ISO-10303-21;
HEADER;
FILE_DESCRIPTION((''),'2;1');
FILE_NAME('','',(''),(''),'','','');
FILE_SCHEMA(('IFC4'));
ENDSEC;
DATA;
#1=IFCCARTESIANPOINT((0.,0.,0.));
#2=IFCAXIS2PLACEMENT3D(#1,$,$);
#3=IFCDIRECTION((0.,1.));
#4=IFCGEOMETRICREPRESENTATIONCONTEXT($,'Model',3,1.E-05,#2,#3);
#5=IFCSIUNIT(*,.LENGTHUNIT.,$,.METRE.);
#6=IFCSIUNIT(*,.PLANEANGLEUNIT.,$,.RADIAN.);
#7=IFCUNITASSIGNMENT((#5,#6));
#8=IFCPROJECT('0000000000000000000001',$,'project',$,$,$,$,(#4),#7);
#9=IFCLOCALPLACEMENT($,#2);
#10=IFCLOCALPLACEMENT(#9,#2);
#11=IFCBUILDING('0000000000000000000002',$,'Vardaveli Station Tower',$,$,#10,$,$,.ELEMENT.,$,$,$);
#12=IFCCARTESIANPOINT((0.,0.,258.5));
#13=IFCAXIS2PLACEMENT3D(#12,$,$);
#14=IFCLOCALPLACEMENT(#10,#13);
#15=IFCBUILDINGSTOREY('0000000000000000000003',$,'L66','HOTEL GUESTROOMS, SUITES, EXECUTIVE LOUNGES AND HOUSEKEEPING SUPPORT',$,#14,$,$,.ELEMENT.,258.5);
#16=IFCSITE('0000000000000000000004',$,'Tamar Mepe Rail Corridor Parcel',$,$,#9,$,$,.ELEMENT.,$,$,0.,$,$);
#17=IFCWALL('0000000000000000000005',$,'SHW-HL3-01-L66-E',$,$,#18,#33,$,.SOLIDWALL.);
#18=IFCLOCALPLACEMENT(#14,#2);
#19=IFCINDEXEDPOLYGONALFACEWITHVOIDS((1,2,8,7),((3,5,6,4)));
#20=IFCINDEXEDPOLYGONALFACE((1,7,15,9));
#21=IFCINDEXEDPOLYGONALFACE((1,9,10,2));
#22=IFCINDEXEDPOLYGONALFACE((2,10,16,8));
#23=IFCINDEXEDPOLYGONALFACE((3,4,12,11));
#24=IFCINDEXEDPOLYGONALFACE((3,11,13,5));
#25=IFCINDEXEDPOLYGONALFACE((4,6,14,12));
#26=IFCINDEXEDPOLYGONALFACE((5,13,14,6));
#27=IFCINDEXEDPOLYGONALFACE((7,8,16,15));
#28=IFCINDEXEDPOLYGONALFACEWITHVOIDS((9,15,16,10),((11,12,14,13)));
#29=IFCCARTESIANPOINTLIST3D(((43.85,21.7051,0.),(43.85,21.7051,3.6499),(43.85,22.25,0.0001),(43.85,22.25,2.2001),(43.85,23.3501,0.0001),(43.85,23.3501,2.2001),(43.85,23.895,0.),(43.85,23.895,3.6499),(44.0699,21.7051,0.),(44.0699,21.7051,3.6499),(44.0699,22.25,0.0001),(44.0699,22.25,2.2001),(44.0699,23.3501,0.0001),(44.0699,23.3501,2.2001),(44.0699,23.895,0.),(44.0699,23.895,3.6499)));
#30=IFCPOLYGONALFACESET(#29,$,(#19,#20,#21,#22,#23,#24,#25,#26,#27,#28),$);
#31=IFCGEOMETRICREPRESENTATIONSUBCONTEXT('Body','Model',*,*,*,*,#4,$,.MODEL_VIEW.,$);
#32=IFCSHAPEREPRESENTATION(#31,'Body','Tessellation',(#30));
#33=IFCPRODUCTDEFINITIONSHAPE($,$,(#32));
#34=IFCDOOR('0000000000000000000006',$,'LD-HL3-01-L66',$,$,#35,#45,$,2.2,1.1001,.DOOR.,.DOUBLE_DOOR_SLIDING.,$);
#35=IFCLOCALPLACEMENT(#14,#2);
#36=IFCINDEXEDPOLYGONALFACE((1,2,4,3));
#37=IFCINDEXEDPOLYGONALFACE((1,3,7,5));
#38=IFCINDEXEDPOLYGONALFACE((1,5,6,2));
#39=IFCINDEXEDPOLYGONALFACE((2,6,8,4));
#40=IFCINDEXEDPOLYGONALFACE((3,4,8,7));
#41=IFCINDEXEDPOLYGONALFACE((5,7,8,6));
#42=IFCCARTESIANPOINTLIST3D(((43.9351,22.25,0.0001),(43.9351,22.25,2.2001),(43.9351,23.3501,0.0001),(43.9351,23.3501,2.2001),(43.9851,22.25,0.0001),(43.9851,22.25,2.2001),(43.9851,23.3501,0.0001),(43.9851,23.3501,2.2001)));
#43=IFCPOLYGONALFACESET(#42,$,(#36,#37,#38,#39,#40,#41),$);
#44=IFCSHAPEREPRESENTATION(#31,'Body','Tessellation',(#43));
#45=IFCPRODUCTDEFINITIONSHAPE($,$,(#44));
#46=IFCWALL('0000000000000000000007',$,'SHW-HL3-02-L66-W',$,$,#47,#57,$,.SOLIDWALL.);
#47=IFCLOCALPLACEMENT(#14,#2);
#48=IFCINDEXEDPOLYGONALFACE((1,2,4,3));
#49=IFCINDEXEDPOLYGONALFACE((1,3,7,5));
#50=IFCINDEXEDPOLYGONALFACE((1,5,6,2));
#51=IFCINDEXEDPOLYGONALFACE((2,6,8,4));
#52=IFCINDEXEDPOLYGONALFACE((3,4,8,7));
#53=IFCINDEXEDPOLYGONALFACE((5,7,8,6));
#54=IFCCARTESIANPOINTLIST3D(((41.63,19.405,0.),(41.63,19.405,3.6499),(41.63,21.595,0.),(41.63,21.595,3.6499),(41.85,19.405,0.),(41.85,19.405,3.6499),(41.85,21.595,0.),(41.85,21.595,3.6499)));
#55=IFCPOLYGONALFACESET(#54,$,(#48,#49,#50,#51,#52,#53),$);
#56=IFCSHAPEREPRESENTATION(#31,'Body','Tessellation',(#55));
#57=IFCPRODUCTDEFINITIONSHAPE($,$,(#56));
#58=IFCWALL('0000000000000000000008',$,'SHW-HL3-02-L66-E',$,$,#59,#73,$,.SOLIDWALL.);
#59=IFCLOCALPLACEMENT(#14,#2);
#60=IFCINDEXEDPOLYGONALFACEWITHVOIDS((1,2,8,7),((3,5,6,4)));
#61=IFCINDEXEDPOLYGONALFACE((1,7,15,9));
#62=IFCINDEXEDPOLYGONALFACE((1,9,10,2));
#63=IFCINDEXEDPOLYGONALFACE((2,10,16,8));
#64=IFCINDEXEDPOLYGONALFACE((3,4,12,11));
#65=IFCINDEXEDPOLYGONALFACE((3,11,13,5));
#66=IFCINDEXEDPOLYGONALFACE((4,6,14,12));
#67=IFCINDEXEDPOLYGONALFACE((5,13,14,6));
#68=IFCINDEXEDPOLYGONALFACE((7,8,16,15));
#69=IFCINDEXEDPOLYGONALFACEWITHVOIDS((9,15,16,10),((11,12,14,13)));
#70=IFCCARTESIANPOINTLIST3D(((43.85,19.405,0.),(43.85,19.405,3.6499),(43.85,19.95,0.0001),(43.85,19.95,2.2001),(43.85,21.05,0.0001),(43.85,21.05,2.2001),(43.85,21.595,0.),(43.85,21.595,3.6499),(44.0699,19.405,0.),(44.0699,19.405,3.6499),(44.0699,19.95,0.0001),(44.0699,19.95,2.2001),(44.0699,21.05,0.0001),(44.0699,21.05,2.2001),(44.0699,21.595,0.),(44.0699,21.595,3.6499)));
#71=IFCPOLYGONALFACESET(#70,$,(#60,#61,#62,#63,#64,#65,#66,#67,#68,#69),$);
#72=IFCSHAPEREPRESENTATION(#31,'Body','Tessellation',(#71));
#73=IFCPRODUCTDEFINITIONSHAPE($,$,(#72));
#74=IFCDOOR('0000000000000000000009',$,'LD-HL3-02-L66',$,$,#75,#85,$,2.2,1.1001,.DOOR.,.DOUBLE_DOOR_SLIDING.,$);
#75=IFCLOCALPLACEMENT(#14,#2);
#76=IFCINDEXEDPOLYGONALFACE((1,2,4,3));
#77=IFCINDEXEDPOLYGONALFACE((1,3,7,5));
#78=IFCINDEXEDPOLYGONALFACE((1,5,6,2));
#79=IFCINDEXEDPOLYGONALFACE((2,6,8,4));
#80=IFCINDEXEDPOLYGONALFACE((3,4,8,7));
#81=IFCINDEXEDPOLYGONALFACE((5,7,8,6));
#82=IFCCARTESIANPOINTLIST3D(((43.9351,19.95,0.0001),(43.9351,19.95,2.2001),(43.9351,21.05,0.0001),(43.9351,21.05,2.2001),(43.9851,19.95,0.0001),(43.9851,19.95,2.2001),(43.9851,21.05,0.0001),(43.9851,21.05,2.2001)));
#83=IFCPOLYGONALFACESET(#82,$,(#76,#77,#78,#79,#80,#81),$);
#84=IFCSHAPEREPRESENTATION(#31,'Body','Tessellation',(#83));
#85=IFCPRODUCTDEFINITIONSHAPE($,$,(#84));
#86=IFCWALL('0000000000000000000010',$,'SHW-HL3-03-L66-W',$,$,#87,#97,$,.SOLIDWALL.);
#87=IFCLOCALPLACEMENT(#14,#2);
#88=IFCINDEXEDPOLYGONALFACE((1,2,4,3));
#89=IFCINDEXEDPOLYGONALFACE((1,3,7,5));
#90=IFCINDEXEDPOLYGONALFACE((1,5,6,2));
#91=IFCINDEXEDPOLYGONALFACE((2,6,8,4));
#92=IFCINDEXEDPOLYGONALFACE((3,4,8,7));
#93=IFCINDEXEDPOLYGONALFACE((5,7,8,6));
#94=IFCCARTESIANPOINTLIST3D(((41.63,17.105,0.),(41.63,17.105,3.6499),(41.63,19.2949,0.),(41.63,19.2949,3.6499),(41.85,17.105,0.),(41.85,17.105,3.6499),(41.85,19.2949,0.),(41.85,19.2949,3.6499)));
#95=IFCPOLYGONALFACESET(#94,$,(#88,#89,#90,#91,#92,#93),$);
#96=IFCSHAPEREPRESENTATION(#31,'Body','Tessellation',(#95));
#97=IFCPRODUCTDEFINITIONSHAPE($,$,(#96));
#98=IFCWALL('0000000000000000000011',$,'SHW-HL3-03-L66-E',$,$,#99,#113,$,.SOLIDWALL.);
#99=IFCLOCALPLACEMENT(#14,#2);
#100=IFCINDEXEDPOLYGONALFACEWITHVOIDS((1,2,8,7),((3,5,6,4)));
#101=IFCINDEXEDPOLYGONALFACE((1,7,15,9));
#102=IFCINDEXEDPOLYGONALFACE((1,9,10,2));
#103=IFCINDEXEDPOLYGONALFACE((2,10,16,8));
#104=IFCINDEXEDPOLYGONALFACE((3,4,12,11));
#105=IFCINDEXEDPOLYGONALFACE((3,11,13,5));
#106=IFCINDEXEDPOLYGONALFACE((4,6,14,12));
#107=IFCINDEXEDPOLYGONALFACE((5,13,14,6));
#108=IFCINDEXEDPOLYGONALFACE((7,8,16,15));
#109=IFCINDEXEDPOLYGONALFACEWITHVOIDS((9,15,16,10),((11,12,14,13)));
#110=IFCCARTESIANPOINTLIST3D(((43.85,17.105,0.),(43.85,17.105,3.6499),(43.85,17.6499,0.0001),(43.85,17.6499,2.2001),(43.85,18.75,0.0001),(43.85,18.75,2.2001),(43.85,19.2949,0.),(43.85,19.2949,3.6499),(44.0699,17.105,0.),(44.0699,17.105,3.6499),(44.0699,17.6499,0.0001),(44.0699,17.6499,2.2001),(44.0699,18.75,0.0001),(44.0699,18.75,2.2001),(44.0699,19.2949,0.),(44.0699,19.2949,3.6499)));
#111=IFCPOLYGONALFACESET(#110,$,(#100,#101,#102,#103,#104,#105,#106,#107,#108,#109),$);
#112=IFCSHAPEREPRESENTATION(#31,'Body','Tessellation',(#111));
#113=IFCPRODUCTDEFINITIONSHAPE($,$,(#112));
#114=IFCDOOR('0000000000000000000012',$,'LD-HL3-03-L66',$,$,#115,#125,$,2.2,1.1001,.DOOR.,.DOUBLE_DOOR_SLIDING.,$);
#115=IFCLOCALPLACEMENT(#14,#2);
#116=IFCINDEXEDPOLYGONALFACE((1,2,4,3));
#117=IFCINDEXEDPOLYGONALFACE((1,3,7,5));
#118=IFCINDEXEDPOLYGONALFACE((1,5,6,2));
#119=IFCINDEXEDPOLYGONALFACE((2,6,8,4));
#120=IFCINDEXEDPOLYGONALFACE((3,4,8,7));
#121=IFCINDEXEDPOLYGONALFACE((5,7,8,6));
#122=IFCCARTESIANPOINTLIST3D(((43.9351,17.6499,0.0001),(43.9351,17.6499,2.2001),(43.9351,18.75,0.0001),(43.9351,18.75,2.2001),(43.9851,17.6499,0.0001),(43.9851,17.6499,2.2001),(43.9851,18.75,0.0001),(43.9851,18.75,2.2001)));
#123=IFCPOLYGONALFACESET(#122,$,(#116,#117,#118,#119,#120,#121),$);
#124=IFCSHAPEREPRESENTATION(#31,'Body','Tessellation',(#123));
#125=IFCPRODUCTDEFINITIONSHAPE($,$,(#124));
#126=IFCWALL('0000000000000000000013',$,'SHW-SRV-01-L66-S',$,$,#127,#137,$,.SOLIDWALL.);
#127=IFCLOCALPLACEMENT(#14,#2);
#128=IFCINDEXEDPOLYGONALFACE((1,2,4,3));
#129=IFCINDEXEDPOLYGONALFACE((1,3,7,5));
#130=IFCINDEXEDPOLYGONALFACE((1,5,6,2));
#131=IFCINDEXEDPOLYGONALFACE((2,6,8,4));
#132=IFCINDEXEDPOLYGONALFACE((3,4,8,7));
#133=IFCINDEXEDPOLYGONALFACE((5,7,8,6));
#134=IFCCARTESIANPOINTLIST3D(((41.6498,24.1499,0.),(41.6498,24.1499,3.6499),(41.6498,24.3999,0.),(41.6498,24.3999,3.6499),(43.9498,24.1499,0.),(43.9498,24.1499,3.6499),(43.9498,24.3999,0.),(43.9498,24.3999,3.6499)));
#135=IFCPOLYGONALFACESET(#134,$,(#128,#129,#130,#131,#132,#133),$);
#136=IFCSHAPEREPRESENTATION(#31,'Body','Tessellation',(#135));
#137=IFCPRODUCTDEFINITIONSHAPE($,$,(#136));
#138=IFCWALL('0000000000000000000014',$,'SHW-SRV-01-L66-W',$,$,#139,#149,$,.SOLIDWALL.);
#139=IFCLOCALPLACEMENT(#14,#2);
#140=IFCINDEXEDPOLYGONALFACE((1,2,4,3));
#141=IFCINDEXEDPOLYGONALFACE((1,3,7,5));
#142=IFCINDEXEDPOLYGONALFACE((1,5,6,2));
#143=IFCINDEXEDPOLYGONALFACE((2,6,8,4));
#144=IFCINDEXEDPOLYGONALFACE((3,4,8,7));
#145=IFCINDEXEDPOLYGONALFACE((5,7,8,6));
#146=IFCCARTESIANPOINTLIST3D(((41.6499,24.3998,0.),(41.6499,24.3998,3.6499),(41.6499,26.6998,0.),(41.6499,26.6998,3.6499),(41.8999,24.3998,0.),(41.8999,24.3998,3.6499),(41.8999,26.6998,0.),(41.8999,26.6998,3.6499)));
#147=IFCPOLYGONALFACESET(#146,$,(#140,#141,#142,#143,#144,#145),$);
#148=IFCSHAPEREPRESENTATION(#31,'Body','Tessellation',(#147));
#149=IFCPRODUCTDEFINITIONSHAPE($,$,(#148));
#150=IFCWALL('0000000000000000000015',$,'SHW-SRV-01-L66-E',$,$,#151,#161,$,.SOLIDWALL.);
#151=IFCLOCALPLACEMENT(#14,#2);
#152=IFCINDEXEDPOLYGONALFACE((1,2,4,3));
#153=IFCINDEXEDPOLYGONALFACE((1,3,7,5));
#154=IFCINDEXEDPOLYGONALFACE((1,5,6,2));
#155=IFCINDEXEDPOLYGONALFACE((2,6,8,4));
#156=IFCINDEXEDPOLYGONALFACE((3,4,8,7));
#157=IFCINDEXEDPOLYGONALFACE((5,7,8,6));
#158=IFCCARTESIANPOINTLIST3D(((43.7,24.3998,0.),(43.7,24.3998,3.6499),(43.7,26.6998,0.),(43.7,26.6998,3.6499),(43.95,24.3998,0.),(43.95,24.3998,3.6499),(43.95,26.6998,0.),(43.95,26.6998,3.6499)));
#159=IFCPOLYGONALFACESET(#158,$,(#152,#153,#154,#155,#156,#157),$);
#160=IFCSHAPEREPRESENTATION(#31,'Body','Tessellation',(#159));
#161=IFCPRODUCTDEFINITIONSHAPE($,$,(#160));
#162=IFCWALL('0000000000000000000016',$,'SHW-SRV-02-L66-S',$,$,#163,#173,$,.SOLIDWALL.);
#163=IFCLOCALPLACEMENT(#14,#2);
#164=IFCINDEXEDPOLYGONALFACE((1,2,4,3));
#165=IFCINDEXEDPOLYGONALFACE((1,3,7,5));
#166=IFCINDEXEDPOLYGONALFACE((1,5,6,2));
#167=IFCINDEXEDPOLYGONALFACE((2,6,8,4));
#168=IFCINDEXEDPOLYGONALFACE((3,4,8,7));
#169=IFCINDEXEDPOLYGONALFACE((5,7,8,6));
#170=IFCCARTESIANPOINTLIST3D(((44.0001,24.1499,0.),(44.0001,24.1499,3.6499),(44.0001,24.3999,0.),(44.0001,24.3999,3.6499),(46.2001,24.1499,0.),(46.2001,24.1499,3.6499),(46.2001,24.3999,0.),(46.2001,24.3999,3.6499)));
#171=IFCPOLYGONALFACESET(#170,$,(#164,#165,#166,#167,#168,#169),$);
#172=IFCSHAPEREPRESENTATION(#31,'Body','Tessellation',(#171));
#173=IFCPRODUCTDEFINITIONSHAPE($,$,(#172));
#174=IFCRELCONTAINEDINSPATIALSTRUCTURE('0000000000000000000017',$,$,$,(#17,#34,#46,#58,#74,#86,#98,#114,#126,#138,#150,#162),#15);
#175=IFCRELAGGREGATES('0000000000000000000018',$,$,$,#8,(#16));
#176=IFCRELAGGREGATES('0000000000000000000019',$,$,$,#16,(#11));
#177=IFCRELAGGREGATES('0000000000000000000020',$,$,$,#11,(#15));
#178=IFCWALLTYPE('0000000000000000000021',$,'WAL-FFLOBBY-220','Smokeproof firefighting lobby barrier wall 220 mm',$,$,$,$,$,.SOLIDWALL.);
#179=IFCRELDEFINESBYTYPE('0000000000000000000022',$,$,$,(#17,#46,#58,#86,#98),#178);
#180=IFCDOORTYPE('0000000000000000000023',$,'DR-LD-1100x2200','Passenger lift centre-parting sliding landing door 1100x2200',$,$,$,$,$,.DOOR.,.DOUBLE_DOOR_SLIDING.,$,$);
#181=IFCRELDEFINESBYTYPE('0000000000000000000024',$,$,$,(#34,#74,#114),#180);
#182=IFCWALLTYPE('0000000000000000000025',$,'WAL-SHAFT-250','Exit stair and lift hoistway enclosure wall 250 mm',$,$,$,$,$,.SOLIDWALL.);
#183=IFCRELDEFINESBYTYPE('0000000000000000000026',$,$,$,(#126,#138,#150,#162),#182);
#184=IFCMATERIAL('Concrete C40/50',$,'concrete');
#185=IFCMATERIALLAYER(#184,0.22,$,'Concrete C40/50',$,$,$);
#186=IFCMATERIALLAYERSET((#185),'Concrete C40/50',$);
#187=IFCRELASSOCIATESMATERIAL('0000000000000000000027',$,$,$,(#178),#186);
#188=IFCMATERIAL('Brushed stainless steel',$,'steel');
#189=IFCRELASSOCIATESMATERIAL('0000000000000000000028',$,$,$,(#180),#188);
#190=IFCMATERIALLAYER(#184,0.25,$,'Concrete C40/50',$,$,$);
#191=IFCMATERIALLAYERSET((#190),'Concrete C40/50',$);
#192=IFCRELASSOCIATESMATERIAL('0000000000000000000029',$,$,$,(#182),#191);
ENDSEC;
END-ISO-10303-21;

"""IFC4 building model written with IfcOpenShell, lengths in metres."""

from ifc_helpers import new_model, si_unit, direction, frame, frame_2d, origin, place, context, subcontext, project, spatial, rectangle, extrude, source, transform, mapped, material, layer, layer_set, type_object, element, fill, save


model = new_model("IFC4")

# Units and contexts
model_context = context("Model", 3, precision=1e-05, world=origin(), true_north=direction((0.0, 1.0)))
body_context = subcontext(model_context, "Body", "Model", "MODEL_VIEW")
ifc_project = project(units=[si_unit("LENGTHUNIT", "METRE"), si_unit("PLANEANGLEUNIT", "RADIAN")], contexts=[model_context])

# Site, building, storey
site_placement = place(None, origin())
site = spatial("IfcSite", under=ifc_project, at=site_placement, Name="Tamar Mepe Rail Corridor Parcel", CompositionType="ELEMENT", RefElevation=0.0)
building_placement = place(site_placement, origin())
building = spatial("IfcBuilding", under=site, at=building_placement, Name="Vardaveli Station Tower", CompositionType="ELEMENT")
storey_placement = place(building_placement, frame((0.0, 0.0, 258.5)))
storey = spatial("IfcBuildingStorey", under=building, at=storey_placement, Name="L66", Description="HOTEL GUESTROOMS, SUITES, EXECUTIVE LOUNGES AND HOUSEKEEPING SUPPORT", CompositionType="ELEMENT", Elevation=258.5)

# Shared definitions
ifc_material_1 = material(Name="Concrete C40/50", Category="concrete")
ifc_layer_1 = layer(ifc_material_1, 0.22, Name="Concrete C40/50")
ifc_layer_set_1 = layer_set([ifc_layer_1], Name="Concrete C40/50")
wall_type_1 = type_object("IfcWallType", Name="WAL-FFLOBBY-220", Description="Smokeproof firefighting lobby barrier wall 220 mm", PredefinedType="SOLIDWALL", material=ifc_layer_set_1)
shared_shape_1 = source(origin(), body_context, "Body", "SweptSolid", [
    extrude(rectangle(XDim=2.1899, YDim=0.22, at=frame_2d((1.095, 0.0))), origin(), (0.0, 0.0, 1.0), 3.6499),
])

# Wall, opening, door
wall_1_placement = place(storey_placement, frame((43.96, 21.7051, 0.0), z_axis=(0.0, 0.0, 1.0), x_axis=(0.0, 1.0, 0.0)))
wall_1 = element("IfcWall", 1, at=wall_1_placement, inside=storey, type_object=wall_type_1, Name="SHW-HL3-01-L66-E", PredefinedType="SOLIDWALL", context=body_context, shape_type="MappedRepresentation", body=[
    mapped(shared_shape_1, transform((0.0, 0.0, 0.0), scale=1.0)),
])
shared_shape_2 = source(origin(), body_context, "Body", "SweptSolid", [
    extrude(rectangle(XDim=1.1001, YDim=2.2, at=frame_2d((0.55, 1.1001))), frame((0.0, 0.1201, 0.0), z_axis=(0.0, -1.0, 0.0), x_axis=(1.0, 0.0, 0.0)), (0.0, 0.0, 1.0), 0.24),
])
opening_1_placement = place(wall_1_placement, frame((0.5449, 0.0, 0.0)))
opening_1 = element("IfcOpeningElement", 2, at=opening_1_placement, cuts=wall_1, PredefinedType="OPENING", context=body_context, shape_type="MappedRepresentation", body=[
    mapped(shared_shape_2, transform((0.0, 0.0, 0.0), scale=1.0)),
])
ifc_material_2 = material(Name="Brushed stainless steel", Category="steel")
door_type_1 = type_object("IfcDoorType", Name="DR-LD-1100x2200", Description="Passenger lift centre-parting sliding landing door 1100x2200", OperationType="DOUBLE_DOOR_SLIDING", PredefinedType="DOOR", material=ifc_material_2)
shared_shape_3 = source(origin(), body_context, "Body", "SweptSolid", [
    extrude(rectangle(XDim=1.1001, YDim=2.2, at=frame_2d((0.55, 1.1001))), frame((0.0, 0.0249, 0.0), z_axis=(0.0, -1.0, 0.0), x_axis=(1.0, 0.0, 0.0)), (0.0, 0.0, 1.0), 0.05),
])
door_1_placement = place(opening_1_placement, origin())
door_1 = element("IfcDoor", 3, at=door_1_placement, inside=storey, type_object=door_type_1, Name="LD-HL3-01-L66", OperationType="DOUBLE_DOOR_SLIDING", OverallHeight=2.2, OverallWidth=1.1001, PredefinedType="DOOR", context=body_context, shape_type="MappedRepresentation", body=[
    mapped(shared_shape_3, transform((0.0, 0.0, 0.0), scale=1.0)),
])
fill(opening_1, door_1)

# Wall
wall_2_placement = place(storey_placement, frame((41.74, 19.405, 0.0), z_axis=(0.0, 0.0, 1.0), x_axis=(0.0, 1.0, 0.0)))
element("IfcWall", 4, at=wall_2_placement, inside=storey, type_object=wall_type_1, Name="SHW-HL3-02-L66-W", PredefinedType="SOLIDWALL", context=body_context, shape_type="MappedRepresentation", body=[
    mapped(shared_shape_1, transform((0.0, 0.0, 0.0), scale=1.0)),
])

# Wall, opening, door
wall_3_placement = place(storey_placement, frame((43.96, 19.405, 0.0), z_axis=(0.0, 0.0, 1.0), x_axis=(0.0, 1.0, 0.0)))
wall_3 = element("IfcWall", 5, at=wall_3_placement, inside=storey, type_object=wall_type_1, Name="SHW-HL3-02-L66-E", PredefinedType="SOLIDWALL", context=body_context, shape_type="MappedRepresentation", body=[
    mapped(shared_shape_1, transform((0.0, 0.0, 0.0), scale=1.0)),
])
opening_2_placement = place(wall_3_placement, frame((0.5449, 0.0, 0.0)))
opening_2 = element("IfcOpeningElement", 6, at=opening_2_placement, cuts=wall_3, PredefinedType="OPENING", context=body_context, shape_type="MappedRepresentation", body=[
    mapped(shared_shape_2, transform((0.0, 0.0, 0.0), scale=1.0)),
])
door_2_placement = place(opening_2_placement, origin())
door_2 = element("IfcDoor", 7, at=door_2_placement, inside=storey, type_object=door_type_1, Name="LD-HL3-02-L66", OperationType="DOUBLE_DOOR_SLIDING", OverallHeight=2.2, OverallWidth=1.1001, PredefinedType="DOOR", context=body_context, shape_type="MappedRepresentation", body=[
    mapped(shared_shape_3, transform((0.0, 0.0, 0.0), scale=1.0)),
])
fill(opening_2, door_2)

# Wall
wall_4_placement = place(storey_placement, frame((41.74, 17.105, 0.0), z_axis=(0.0, 0.0, 1.0), x_axis=(0.0, 1.0, 0.0)))
element("IfcWall", 8, at=wall_4_placement, inside=storey, type_object=wall_type_1, Name="SHW-HL3-03-L66-W", PredefinedType="SOLIDWALL", context=body_context, shape_type="MappedRepresentation", body=[
    mapped(shared_shape_1, transform((0.0, 0.0, 0.0), scale=1.0)),
])

# Wall, opening, door
wall_5_placement = place(storey_placement, frame((43.96, 17.105, 0.0), z_axis=(0.0, 0.0, 1.0), x_axis=(0.0, 1.0, 0.0)))
wall_5 = element("IfcWall", 9, at=wall_5_placement, inside=storey, type_object=wall_type_1, Name="SHW-HL3-03-L66-E", PredefinedType="SOLIDWALL", context=body_context, shape_type="MappedRepresentation", body=[
    mapped(shared_shape_1, transform((0.0, 0.0, 0.0), scale=1.0)),
])
opening_3_placement = place(wall_5_placement, frame((0.5449, 0.0, 0.0)))
opening_3 = element("IfcOpeningElement", 10, at=opening_3_placement, cuts=wall_5, PredefinedType="OPENING", context=body_context, shape_type="MappedRepresentation", body=[
    mapped(shared_shape_2, transform((0.0, 0.0, 0.0), scale=1.0)),
])
door_3_placement = place(opening_3_placement, origin())
door_3 = element("IfcDoor", 11, at=door_3_placement, inside=storey, type_object=door_type_1, Name="LD-HL3-03-L66", OperationType="DOUBLE_DOOR_SLIDING", OverallHeight=2.2, OverallWidth=1.1001, PredefinedType="DOOR", context=body_context, shape_type="MappedRepresentation", body=[
    mapped(shared_shape_3, transform((0.0, 0.0, 0.0), scale=1.0)),
])
fill(opening_3, door_3)

# Walls
ifc_layer_2 = layer(ifc_material_1, 0.25, Name="Concrete C40/50")
ifc_layer_set_2 = layer_set([ifc_layer_2], Name="Concrete C40/50")
wall_type_2 = type_object("IfcWallType", Name="WAL-SHAFT-250", Description="Exit stair and lift hoistway enclosure wall 250 mm", PredefinedType="SOLIDWALL", material=ifc_layer_set_2)
shared_shape_4 = source(origin(), body_context, "Body", "SweptSolid", [
    extrude(rectangle(XDim=2.3, YDim=0.25, at=frame_2d((1.1499, 0.0))), origin(), (0.0, 0.0, 1.0), 3.6499),
])
for number, where, z_axis, x_axis, name in (
    (12, (41.6499, 24.2749, 0.0), (0.0, 0.0, 1.0), (1.0, 0.0, 0.0), "SHW-SRV-01-L66-S"),
    (13, (41.7749, 24.3999, 0.0), (0.0, 0.0, 1.0), (0.0, 1.0, 0.0), "SHW-SRV-01-L66-W"),
    (14, (43.825, 24.3999, 0.0), (0.0, 0.0, 1.0), (0.0, 1.0, 0.0), "SHW-SRV-01-L66-E"),
):
    element("IfcWall", number, at=place(storey_placement, frame(where, z_axis=z_axis, x_axis=x_axis)), inside=storey, type_object=wall_type_2, Name=name, PredefinedType="SOLIDWALL", context=body_context, shape_type="MappedRepresentation", body=[
        mapped(shared_shape_4, transform((0.0, 0.0, 0.0), scale=1.0)),
    ])
shared_shape_5 = source(origin(), body_context, "Body", "SweptSolid", [
    extrude(rectangle(XDim=2.2, YDim=0.25, at=frame_2d((1.1001, 0.0))), origin(), (0.0, 0.0, 1.0), 3.6499),
])
wall_6_placement = place(storey_placement, frame((44.0, 24.2749, 0.0), z_axis=(0.0, 0.0, 1.0), x_axis=(1.0, 0.0, 0.0)))
element("IfcWall", 15, at=wall_6_placement, inside=storey, type_object=wall_type_2, Name="SHW-SRV-02-L66-S", PredefinedType="SOLIDWALL", context=body_context, shape_type="MappedRepresentation", body=[
    mapped(shared_shape_5, transform((0.0, 0.0, 0.0), scale=1.0)),
])

save(model, "model.ifc")
